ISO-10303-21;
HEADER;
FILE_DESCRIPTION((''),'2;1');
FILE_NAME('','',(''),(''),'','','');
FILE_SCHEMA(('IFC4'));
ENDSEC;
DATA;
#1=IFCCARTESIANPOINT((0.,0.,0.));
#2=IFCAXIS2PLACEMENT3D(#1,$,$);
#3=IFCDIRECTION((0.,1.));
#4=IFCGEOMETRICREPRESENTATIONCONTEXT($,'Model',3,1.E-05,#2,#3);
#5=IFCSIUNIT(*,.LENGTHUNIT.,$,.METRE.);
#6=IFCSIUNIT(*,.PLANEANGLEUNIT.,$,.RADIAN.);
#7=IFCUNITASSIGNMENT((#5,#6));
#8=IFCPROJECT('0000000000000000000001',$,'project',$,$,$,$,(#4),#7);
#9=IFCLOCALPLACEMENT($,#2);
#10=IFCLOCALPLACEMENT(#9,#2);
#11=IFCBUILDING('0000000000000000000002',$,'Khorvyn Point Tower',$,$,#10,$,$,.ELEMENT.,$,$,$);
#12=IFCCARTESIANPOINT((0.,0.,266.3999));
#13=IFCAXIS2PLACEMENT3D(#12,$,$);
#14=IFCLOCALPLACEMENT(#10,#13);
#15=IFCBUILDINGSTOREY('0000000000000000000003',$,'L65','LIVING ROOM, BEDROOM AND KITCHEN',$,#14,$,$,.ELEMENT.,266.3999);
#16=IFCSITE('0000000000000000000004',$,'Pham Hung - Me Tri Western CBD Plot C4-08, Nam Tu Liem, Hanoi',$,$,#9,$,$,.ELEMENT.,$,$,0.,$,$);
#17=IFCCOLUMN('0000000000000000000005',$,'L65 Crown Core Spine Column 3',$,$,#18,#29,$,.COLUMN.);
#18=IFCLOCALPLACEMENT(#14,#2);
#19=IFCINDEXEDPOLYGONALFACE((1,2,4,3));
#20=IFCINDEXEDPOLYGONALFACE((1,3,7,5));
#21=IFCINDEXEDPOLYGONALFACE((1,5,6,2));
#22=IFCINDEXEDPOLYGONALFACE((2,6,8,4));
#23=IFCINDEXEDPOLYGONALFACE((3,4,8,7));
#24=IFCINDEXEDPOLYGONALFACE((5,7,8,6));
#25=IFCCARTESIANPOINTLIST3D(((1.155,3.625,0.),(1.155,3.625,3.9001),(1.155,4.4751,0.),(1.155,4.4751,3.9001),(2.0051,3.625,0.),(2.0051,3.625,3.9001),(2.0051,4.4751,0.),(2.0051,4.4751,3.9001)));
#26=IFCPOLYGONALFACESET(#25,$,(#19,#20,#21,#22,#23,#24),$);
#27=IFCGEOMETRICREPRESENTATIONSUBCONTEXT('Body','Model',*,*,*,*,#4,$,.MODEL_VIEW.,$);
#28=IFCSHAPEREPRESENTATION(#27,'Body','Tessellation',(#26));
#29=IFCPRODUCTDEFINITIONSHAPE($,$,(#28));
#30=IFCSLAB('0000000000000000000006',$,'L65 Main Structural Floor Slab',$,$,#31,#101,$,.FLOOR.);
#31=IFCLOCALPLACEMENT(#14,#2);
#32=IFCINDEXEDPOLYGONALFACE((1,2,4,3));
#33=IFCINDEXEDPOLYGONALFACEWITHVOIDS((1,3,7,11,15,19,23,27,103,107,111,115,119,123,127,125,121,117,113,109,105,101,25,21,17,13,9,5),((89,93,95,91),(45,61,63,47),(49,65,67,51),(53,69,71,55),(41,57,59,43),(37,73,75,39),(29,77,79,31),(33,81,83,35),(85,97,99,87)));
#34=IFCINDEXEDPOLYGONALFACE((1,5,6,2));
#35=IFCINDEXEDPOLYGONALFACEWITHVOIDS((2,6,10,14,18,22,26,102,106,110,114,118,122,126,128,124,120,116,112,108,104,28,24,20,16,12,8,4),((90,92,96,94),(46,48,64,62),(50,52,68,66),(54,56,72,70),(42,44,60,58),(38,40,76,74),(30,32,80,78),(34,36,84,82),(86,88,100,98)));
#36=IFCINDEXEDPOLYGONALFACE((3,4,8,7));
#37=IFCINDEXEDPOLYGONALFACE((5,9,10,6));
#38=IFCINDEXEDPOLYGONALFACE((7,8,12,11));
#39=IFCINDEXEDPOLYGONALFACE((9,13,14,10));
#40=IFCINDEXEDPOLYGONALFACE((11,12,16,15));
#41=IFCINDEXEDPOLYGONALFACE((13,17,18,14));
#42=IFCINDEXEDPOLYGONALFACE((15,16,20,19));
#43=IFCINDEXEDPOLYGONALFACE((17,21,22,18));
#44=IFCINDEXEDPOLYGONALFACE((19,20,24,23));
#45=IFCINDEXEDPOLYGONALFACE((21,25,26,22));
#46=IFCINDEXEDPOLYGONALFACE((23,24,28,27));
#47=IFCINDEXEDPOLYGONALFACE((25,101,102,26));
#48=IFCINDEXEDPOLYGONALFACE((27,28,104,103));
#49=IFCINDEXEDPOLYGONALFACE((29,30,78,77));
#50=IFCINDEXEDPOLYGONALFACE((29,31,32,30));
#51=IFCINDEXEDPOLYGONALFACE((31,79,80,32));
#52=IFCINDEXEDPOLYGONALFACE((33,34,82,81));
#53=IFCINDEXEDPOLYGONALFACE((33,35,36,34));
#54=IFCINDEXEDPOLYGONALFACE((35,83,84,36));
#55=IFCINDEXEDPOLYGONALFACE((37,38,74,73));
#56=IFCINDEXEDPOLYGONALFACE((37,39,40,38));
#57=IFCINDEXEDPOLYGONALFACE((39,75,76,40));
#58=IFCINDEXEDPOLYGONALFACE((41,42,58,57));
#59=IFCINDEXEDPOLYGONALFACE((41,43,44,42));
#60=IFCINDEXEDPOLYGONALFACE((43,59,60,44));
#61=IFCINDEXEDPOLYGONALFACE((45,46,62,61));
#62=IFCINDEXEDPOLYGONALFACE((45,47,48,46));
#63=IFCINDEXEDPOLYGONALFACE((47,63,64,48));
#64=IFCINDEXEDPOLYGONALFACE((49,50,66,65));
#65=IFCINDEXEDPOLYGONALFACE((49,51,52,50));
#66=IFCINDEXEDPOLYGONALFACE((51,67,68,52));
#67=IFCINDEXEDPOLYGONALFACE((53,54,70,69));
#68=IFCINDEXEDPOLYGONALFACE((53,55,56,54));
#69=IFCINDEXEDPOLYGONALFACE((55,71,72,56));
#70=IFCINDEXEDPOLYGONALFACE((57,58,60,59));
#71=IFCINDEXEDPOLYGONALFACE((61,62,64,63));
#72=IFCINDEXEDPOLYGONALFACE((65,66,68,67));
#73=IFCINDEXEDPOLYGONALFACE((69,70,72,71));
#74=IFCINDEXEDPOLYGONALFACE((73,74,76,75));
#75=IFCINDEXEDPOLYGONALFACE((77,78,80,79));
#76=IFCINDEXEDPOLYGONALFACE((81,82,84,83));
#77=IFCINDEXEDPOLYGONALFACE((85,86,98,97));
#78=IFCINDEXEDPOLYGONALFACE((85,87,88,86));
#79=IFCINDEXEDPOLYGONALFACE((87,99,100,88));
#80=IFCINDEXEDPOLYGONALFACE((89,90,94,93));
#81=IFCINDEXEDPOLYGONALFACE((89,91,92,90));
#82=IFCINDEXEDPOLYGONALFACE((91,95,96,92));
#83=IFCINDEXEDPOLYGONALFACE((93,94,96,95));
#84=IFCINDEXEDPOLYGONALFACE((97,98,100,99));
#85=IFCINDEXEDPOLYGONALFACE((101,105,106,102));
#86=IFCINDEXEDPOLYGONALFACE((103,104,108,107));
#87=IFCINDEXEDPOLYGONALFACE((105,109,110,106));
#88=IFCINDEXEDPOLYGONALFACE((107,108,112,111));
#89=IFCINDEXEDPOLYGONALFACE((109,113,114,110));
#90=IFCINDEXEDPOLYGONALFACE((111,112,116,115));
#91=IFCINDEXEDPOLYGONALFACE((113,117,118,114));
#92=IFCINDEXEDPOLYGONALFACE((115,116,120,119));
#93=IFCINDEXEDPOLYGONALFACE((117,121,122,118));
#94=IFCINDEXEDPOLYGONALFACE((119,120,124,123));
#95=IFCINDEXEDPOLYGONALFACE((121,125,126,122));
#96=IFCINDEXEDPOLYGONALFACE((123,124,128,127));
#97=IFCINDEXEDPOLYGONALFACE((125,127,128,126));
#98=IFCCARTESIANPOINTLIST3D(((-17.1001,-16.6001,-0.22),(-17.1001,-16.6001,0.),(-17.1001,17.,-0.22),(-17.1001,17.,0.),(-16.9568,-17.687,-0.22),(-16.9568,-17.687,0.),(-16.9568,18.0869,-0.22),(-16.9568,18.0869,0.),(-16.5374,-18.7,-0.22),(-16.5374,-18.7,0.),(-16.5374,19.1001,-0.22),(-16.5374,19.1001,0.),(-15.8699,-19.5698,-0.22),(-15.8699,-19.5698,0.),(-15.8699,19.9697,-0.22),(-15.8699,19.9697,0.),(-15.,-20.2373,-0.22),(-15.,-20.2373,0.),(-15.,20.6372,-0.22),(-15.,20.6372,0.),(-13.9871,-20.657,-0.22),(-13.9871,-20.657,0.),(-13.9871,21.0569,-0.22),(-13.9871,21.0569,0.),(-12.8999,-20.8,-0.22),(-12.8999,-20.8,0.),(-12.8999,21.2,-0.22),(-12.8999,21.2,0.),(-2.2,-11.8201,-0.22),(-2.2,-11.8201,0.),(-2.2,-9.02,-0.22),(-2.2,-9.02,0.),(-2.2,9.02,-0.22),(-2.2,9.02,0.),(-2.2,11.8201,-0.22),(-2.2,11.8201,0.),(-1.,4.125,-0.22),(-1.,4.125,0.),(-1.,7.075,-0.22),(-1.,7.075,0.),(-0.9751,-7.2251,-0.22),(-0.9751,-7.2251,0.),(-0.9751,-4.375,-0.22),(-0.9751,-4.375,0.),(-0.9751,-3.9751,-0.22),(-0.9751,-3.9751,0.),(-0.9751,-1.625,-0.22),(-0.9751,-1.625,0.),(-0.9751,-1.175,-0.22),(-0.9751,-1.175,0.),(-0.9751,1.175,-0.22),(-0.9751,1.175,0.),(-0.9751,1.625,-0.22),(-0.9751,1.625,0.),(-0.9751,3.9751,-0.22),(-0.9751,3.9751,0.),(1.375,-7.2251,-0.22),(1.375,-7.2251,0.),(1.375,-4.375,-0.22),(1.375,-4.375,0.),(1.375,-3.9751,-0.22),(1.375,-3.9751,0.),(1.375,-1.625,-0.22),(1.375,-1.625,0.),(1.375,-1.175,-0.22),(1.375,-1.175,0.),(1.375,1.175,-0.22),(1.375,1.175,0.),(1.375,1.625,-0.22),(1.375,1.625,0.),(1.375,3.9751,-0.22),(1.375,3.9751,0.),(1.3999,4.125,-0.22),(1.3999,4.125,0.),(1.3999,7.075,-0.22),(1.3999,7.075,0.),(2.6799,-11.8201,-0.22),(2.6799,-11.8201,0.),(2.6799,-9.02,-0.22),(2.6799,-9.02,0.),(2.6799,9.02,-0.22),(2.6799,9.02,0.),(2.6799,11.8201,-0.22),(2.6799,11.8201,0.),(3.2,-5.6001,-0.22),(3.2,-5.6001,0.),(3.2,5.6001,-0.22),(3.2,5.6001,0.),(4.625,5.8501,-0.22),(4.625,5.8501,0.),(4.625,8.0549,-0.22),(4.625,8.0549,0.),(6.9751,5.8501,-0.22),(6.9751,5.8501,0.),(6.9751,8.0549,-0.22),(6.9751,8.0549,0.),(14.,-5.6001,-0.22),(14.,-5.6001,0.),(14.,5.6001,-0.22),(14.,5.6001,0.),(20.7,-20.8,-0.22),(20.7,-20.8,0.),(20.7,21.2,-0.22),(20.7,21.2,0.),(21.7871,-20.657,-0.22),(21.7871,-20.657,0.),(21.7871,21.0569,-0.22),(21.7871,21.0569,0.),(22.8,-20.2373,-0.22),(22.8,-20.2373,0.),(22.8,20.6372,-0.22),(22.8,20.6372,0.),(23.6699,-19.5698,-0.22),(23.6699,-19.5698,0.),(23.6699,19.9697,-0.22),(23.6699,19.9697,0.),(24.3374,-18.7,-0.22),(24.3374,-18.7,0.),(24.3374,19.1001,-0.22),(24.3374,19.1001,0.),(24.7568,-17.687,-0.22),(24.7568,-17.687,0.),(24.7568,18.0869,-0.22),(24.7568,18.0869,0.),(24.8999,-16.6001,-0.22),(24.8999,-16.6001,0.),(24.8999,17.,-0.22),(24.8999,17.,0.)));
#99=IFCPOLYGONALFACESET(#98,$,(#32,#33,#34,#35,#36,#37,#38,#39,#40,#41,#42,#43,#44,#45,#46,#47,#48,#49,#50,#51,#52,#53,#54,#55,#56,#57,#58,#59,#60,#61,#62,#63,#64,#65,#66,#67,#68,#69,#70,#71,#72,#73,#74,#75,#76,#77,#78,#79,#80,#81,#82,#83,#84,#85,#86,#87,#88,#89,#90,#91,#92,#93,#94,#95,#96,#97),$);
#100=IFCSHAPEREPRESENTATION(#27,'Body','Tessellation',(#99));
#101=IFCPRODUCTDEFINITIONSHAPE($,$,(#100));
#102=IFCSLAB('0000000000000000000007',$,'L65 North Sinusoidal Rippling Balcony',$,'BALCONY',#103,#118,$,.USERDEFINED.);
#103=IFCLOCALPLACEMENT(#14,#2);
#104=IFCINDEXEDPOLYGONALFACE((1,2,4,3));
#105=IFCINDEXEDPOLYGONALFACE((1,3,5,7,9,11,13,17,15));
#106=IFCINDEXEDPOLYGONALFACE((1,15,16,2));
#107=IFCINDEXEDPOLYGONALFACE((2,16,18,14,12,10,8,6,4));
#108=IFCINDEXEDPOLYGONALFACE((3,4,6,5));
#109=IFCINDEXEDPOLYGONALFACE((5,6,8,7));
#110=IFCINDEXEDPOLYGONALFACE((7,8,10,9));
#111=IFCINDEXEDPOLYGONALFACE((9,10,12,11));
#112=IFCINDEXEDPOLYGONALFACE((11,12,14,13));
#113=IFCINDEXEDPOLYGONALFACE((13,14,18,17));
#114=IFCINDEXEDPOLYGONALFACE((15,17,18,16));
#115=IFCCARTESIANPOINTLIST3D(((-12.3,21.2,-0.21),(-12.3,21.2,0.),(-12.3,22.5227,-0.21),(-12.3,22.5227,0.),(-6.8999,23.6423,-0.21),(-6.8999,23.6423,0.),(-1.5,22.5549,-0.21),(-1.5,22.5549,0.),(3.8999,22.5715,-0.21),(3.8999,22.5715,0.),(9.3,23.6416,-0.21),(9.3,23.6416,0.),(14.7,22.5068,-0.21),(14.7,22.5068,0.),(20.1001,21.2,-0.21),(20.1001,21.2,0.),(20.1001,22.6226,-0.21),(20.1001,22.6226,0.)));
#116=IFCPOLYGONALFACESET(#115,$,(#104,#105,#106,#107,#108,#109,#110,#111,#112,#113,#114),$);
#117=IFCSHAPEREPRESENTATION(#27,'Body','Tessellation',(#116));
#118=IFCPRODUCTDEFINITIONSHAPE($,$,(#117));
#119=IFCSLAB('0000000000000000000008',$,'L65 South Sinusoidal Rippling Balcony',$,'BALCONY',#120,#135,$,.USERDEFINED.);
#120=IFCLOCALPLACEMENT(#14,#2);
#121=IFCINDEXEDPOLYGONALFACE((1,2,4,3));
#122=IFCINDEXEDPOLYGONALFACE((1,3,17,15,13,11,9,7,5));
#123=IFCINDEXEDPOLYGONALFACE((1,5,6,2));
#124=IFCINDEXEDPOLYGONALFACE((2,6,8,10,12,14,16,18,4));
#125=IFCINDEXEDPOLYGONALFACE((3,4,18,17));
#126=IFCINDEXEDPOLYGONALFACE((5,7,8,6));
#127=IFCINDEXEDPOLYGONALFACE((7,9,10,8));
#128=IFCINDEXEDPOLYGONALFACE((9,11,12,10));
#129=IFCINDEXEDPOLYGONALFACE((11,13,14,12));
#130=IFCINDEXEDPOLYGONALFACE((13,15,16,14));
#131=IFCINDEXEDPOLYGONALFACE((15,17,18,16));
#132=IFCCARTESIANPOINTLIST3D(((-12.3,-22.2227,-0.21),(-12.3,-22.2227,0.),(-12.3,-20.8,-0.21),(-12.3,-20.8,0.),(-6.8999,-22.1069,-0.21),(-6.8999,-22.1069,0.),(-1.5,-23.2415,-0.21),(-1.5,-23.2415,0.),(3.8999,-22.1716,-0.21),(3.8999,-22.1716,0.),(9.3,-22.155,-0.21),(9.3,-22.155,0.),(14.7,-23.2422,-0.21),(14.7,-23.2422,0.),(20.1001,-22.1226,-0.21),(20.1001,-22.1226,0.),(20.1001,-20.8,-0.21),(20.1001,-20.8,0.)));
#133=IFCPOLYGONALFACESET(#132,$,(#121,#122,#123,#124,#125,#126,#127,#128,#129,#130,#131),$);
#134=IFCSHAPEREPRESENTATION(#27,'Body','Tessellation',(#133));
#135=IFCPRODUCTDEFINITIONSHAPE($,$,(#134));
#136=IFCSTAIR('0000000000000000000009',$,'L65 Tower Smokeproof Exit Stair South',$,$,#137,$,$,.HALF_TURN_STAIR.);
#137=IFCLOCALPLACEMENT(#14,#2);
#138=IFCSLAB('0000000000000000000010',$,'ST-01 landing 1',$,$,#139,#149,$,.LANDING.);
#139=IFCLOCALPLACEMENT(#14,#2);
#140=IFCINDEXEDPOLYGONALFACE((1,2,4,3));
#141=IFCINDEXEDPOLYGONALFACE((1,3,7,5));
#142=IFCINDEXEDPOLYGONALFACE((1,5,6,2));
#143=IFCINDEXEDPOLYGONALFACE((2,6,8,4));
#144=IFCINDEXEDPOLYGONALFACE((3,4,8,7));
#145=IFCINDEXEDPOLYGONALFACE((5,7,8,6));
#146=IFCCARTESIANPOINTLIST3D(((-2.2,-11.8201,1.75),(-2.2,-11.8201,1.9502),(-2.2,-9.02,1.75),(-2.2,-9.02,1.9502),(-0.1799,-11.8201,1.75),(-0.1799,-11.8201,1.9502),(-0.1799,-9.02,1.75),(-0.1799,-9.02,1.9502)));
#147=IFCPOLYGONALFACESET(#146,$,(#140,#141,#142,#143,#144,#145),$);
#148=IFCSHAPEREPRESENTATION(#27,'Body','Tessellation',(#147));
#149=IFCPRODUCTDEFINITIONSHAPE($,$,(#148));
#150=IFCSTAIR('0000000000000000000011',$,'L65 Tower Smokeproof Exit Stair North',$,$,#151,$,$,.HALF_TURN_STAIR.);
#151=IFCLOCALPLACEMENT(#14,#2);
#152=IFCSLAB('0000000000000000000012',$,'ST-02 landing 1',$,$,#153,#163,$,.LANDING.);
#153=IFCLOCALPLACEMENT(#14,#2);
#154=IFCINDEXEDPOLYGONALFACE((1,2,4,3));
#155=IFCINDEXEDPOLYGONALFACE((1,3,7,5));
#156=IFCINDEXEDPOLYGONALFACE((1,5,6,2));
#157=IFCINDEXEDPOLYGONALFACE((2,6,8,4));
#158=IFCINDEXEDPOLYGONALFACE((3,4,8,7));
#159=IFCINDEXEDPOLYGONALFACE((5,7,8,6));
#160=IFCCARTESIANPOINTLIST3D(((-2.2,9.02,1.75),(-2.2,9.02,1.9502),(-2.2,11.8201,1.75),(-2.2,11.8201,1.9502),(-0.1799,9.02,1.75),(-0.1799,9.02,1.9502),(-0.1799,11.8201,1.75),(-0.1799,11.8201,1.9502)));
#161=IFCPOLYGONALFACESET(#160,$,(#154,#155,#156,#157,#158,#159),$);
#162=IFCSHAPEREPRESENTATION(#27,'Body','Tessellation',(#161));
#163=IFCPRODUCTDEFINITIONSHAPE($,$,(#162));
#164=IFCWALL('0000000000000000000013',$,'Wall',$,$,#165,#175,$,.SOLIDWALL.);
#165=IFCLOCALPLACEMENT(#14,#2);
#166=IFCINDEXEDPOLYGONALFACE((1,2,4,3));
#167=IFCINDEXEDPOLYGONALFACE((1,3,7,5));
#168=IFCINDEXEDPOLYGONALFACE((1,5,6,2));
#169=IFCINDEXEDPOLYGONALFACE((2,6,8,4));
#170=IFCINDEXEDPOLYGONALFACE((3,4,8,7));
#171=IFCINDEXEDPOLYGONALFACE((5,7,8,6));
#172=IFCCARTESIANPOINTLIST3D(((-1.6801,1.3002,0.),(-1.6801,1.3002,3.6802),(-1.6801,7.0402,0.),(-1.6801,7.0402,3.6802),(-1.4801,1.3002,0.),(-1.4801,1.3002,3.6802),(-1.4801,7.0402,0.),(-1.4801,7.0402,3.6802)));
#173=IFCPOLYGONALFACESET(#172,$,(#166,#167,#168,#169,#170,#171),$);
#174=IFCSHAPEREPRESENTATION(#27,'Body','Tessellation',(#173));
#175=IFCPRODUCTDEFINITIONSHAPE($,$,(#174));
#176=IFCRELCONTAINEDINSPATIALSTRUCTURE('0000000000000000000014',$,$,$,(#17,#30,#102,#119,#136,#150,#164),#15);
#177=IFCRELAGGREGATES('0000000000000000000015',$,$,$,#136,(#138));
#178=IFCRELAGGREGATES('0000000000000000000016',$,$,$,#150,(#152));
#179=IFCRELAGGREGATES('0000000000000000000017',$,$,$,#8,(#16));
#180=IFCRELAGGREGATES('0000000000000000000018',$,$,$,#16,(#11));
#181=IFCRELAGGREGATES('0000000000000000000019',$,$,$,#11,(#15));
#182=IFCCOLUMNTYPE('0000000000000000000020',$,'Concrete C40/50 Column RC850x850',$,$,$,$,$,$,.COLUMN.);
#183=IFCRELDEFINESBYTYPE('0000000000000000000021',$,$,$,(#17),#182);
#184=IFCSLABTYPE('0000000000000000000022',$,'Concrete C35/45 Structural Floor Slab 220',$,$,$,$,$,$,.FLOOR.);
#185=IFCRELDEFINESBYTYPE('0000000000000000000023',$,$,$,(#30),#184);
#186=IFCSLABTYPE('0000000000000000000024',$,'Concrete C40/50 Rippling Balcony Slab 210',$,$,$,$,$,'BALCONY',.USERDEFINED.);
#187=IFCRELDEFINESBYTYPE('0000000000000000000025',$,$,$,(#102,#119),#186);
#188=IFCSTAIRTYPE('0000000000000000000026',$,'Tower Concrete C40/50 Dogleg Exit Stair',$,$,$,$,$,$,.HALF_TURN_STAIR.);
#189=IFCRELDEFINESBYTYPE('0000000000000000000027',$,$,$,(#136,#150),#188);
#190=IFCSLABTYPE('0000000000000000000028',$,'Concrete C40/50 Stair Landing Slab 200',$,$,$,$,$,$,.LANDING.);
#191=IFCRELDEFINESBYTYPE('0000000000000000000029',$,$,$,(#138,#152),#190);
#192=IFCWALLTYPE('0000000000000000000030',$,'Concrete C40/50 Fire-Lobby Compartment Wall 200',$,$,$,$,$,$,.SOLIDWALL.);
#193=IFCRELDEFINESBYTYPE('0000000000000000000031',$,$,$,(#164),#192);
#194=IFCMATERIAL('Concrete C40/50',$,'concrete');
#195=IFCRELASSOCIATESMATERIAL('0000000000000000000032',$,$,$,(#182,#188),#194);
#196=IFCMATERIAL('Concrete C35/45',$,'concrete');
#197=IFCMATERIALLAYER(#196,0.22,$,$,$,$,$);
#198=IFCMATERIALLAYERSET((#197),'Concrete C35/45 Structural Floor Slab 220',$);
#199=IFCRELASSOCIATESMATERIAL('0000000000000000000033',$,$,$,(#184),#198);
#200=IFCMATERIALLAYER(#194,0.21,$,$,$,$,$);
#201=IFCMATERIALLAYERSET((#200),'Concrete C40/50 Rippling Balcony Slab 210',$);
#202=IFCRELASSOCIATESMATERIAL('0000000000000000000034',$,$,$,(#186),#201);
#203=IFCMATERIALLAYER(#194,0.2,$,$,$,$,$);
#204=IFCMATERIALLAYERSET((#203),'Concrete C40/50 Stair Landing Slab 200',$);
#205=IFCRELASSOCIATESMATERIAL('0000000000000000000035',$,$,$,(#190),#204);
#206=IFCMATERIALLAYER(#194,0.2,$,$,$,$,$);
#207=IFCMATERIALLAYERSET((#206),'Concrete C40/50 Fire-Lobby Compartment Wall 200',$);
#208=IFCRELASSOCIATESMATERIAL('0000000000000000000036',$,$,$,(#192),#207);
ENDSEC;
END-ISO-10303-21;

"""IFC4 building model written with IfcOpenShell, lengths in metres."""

from ifc_helpers import new_model, si_unit, direction, frame, frame_2d, origin, origin_2d, place, context, subcontext, project, spatial, polyline, rectangle, outline, extrude, material, layer, layer_set, material_profile, profile_set, type_object, element, aggregate, save


model = new_model("IFC4")

# Units and contexts
model_context = context("Model", 3, precision=1e-05, world=origin(), true_north=direction((0.0, 1.0)))
body_context = subcontext(model_context, "Body", "Model", "MODEL_VIEW")
ifc_project = project(units=[si_unit("LENGTHUNIT", "METRE"), si_unit("PLANEANGLEUNIT", "RADIAN")], contexts=[model_context])

# Site, building, storey
site_placement = place(None, origin())
site = spatial("IfcSite", under=ifc_project, at=site_placement, Name="Pham Hung - Me Tri Western CBD Plot C4-08, Nam Tu Liem, Hanoi", CompositionType="ELEMENT", RefElevation=0.0)
building_placement = place(site_placement, origin())
building = spatial("IfcBuilding", under=site, at=building_placement, Name="Khorvyn Point Tower", CompositionType="ELEMENT")
storey_placement = place(building_placement, frame((0.0, 0.0, 266.3999)))
storey = spatial("IfcBuildingStorey", under=building, at=storey_placement, Name="L65", Description="LIVING ROOM, BEDROOM AND KITCHEN", CompositionType="ELEMENT", Elevation=266.3999)

# Column
ifc_material_1 = material(Name="Concrete C40/50", Category="concrete")
ifc_material_profile = material_profile(ifc_material_1, rectangle(XDim=0.8501, YDim=0.8501, at=origin_2d()))
ifc_profile_set = profile_set([ifc_material_profile], Name="Concrete C40/50 RC850x850")
column_type = type_object("IfcColumnType", Name="Concrete C40/50 Column RC850x850", PredefinedType="COLUMN", material=ifc_profile_set)
column_placement = place(storey_placement, frame((1.5801, 4.05, 0.0), z_axis=(0.0, 0.0, 1.0), x_axis=(1.0, 0.0, 0.0)))
element("IfcColumn", 1, at=column_placement, inside=storey, type_object=column_type, Name="L65 Crown Core Spine Column 3", PredefinedType="COLUMN", context=body_context, shape_type="SweptSolid", body=[
    extrude(rectangle(XDim=0.8501, YDim=0.8501, at=origin_2d()), origin(), (0.0, 0.0, 1.0), 3.9001),
])

# Slabs
ifc_material_2 = material(Name="Concrete C35/45", Category="concrete")
ifc_layer_1 = layer(ifc_material_2, 0.22)
ifc_layer_set_1 = layer_set([ifc_layer_1], Name="Concrete C35/45 Structural Floor Slab 220")
slab_type_1 = type_object("IfcSlabType", Name="Concrete C35/45 Structural Floor Slab 220", PredefinedType="FLOOR", material=ifc_layer_set_1)
slab_1_placement = place(storey_placement, frame((0.0, 0.0, -0.22)))
element("IfcSlab", 2, at=slab_1_placement, inside=storey, type_object=slab_type_1, Name="L65 Main Structural Floor Slab", PredefinedType="FLOOR", context=body_context, shape_type="SweptSolid", body=[
    extrude(outline(polyline([(-12.8999, -20.8), (-13.9871, -20.657), (-15.0, -20.2373), (-15.8699, -19.5698), (-16.5374, -18.7), (-16.9568, -17.687), (-17.1001, -16.6001), (-17.1001, 17.0), (-16.9568, 18.0869), (-16.5374, 19.1001), (-15.8699, 19.9697), (-15.0, 20.6372), (-13.9871, 21.0569), (-12.8999, 21.2), (20.7, 21.2), (21.7871, 21.0569), (22.8, 20.6372), (23.6699, 19.9697), (24.3374, 19.1001), (24.7568, 18.0869), (24.8999, 17.0), (24.8999, -16.6001), (24.7568, -17.687), (24.3374, -18.7), (23.6699, -19.5698), (22.8, -20.2373), (21.7871, -20.657), (20.7, -20.8), (-12.8999, -20.8)]), holes=[polyline([(2.6799, -11.8201), (2.6799, -9.02), (-2.2, -9.02), (-2.2, -11.8201), (2.6799, -11.8201)]), polyline([(1.375, -7.2251), (1.375, -4.375), (-0.9751, -4.375), (-0.9751, -7.2251), (1.375, -7.2251)]), polyline([(1.375, -3.9751), (1.375, -1.625), (-0.9751, -1.625), (-0.9751, -3.9751), (1.375, -3.9751)]), polyline([(1.375, -1.175), (1.375, 1.175), (-0.9751, 1.175), (-0.9751, -1.175), (1.375, -1.175)]), polyline([(14.0, -5.6001), (14.0, 5.6001), (3.2, 5.6001), (3.2, -5.6001), (14.0, -5.6001)]), polyline([(1.375, 1.625), (1.375, 3.9751), (-0.9751, 3.9751), (-0.9751, 1.625), (1.375, 1.625)]), polyline([(1.3999, 4.125), (1.3999, 7.075), (-1.0, 7.075), (-1.0, 4.125), (1.3999, 4.125)]), polyline([(4.625, 5.8501), (6.9751, 5.8501), (6.9751, 8.0549), (4.625, 8.0549), (4.625, 5.8501)]), polyline([(-2.2, 9.02), (2.6799, 9.02), (2.6799, 11.8201), (-2.2, 11.8201), (-2.2, 9.02)])]), origin(), (0.0, 0.0, 1.0), 0.22),
])
ifc_layer_2 = layer(ifc_material_1, 0.21)
ifc_layer_set_2 = layer_set([ifc_layer_2], Name="Concrete C40/50 Rippling Balcony Slab 210")
slab_type_2 = type_object("IfcSlabType", Name="Concrete C40/50 Rippling Balcony Slab 210", ElementType="BALCONY", PredefinedType="USERDEFINED", material=ifc_layer_set_2)
slab_2_placement = place(storey_placement, frame((0.0, 0.0, -0.21)))
element("IfcSlab", 3, at=slab_2_placement, inside=storey, type_object=slab_type_2, Name="L65 North Sinusoidal Rippling Balcony", ObjectType="BALCONY", PredefinedType="USERDEFINED", context=body_context, shape_type="SweptSolid", body=[
    extrude(outline(polyline([(20.1001, 21.2), (20.1001, 22.6226), (14.7, 22.5068), (9.3, 23.6416), (3.8999, 22.5715), (-1.5, 22.5549), (-6.8999, 23.6423), (-12.3, 22.5227), (-12.3, 21.2), (20.1001, 21.2)])), origin(), (0.0, 0.0, 1.0), 0.21),
])
slab_3_placement = place(storey_placement, frame((0.0, 0.0, -0.21)))
element("IfcSlab", 4, at=slab_3_placement, inside=storey, type_object=slab_type_2, Name="L65 South Sinusoidal Rippling Balcony", ObjectType="BALCONY", PredefinedType="USERDEFINED", context=body_context, shape_type="SweptSolid", body=[
    extrude(outline(polyline([(-12.3, -20.8), (-12.3, -22.2227), (-6.8999, -22.1069), (-1.5, -23.2415), (3.8999, -22.1716), (9.3, -22.155), (14.7, -23.2422), (20.1001, -22.1226), (20.1001, -20.8), (-12.3, -20.8)])), origin(), (0.0, 0.0, 1.0), 0.21),
])

# Stairs, slabs
stair_type = type_object("IfcStairType", Name="Tower Concrete C40/50 Dogleg Exit Stair", PredefinedType="HALF_TURN_STAIR", material=ifc_material_1)
stair_1_placement = place(storey_placement, origin())
stair_1 = element("IfcStair", 5, at=stair_1_placement, inside=storey, type_object=stair_type, Name="L65 Tower Smokeproof Exit Stair South", PredefinedType="HALF_TURN_STAIR")
ifc_layer_3 = layer(ifc_material_1, 0.2)
ifc_layer_set_3 = layer_set([ifc_layer_3], Name="Concrete C40/50 Stair Landing Slab 200")
slab_type_3 = type_object("IfcSlabType", Name="Concrete C40/50 Stair Landing Slab 200", PredefinedType="LANDING", material=ifc_layer_set_3)
slab_4_placement = place(storey_placement, frame((0.0, 0.0, 1.75)))
slab_4 = element("IfcSlab", 6, at=slab_4_placement, type_object=slab_type_3, Name="ST-01 landing 1", PredefinedType="LANDING", context=body_context, shape_type="SweptSolid", body=[
    extrude(outline(polyline([(-0.1799, -9.02), (-2.2, -9.02), (-2.2, -11.8201), (-0.1799, -11.8201), (-0.1799, -9.02)])), origin(), (0.0, 0.0, 1.0), 0.2002),
])
aggregate(stair_1, [slab_4])
stair_2_placement = place(storey_placement, origin())
stair_2 = element("IfcStair", 7, at=stair_2_placement, inside=storey, type_object=stair_type, Name="L65 Tower Smokeproof Exit Stair North", PredefinedType="HALF_TURN_STAIR")
slab_5_placement = place(storey_placement, frame((0.0, 0.0, 1.75)))
slab_5 = element("IfcSlab", 8, at=slab_5_placement, type_object=slab_type_3, Name="ST-02 landing 1", PredefinedType="LANDING", context=body_context, shape_type="SweptSolid", body=[
    extrude(outline(polyline([(-0.1799, 11.8201), (-2.2, 11.8201), (-2.2, 9.02), (-0.1799, 9.02), (-0.1799, 11.8201)])), origin(), (0.0, 0.0, 1.0), 0.2002),
])

# Wall
ifc_layer_4 = layer(ifc_material_1, 0.2)
ifc_layer_set_4 = layer_set([ifc_layer_4], Name="Concrete C40/50 Fire-Lobby Compartment Wall 200")
wall_type_1 = type_object("IfcWallType", Name="Concrete C40/50 Fire-Lobby Compartment Wall 200", PredefinedType="SOLIDWALL", material=ifc_layer_set_4)
wall_1_placement = place(storey_placement, frame((-1.5801, 1.3, 0.0), z_axis=(0.0, 0.0, 1.0), x_axis=(0.0, 1.0, 0.0)))
element("IfcWall", 9, at=wall_1_placement, inside=storey, type_object=wall_type_1, Name="Wall", PredefinedType="SOLIDWALL", context=body_context, shape_type="SweptSolid", body=[
    extrude(rectangle(XDim=5.74, YDim=0.2, at=frame_2d((2.8701, 0.0))), origin(), (0.0, 0.0, 1.0), 3.6802),
])

aggregate(stair_2, [slab_5])

save(model, "model.ifc")
